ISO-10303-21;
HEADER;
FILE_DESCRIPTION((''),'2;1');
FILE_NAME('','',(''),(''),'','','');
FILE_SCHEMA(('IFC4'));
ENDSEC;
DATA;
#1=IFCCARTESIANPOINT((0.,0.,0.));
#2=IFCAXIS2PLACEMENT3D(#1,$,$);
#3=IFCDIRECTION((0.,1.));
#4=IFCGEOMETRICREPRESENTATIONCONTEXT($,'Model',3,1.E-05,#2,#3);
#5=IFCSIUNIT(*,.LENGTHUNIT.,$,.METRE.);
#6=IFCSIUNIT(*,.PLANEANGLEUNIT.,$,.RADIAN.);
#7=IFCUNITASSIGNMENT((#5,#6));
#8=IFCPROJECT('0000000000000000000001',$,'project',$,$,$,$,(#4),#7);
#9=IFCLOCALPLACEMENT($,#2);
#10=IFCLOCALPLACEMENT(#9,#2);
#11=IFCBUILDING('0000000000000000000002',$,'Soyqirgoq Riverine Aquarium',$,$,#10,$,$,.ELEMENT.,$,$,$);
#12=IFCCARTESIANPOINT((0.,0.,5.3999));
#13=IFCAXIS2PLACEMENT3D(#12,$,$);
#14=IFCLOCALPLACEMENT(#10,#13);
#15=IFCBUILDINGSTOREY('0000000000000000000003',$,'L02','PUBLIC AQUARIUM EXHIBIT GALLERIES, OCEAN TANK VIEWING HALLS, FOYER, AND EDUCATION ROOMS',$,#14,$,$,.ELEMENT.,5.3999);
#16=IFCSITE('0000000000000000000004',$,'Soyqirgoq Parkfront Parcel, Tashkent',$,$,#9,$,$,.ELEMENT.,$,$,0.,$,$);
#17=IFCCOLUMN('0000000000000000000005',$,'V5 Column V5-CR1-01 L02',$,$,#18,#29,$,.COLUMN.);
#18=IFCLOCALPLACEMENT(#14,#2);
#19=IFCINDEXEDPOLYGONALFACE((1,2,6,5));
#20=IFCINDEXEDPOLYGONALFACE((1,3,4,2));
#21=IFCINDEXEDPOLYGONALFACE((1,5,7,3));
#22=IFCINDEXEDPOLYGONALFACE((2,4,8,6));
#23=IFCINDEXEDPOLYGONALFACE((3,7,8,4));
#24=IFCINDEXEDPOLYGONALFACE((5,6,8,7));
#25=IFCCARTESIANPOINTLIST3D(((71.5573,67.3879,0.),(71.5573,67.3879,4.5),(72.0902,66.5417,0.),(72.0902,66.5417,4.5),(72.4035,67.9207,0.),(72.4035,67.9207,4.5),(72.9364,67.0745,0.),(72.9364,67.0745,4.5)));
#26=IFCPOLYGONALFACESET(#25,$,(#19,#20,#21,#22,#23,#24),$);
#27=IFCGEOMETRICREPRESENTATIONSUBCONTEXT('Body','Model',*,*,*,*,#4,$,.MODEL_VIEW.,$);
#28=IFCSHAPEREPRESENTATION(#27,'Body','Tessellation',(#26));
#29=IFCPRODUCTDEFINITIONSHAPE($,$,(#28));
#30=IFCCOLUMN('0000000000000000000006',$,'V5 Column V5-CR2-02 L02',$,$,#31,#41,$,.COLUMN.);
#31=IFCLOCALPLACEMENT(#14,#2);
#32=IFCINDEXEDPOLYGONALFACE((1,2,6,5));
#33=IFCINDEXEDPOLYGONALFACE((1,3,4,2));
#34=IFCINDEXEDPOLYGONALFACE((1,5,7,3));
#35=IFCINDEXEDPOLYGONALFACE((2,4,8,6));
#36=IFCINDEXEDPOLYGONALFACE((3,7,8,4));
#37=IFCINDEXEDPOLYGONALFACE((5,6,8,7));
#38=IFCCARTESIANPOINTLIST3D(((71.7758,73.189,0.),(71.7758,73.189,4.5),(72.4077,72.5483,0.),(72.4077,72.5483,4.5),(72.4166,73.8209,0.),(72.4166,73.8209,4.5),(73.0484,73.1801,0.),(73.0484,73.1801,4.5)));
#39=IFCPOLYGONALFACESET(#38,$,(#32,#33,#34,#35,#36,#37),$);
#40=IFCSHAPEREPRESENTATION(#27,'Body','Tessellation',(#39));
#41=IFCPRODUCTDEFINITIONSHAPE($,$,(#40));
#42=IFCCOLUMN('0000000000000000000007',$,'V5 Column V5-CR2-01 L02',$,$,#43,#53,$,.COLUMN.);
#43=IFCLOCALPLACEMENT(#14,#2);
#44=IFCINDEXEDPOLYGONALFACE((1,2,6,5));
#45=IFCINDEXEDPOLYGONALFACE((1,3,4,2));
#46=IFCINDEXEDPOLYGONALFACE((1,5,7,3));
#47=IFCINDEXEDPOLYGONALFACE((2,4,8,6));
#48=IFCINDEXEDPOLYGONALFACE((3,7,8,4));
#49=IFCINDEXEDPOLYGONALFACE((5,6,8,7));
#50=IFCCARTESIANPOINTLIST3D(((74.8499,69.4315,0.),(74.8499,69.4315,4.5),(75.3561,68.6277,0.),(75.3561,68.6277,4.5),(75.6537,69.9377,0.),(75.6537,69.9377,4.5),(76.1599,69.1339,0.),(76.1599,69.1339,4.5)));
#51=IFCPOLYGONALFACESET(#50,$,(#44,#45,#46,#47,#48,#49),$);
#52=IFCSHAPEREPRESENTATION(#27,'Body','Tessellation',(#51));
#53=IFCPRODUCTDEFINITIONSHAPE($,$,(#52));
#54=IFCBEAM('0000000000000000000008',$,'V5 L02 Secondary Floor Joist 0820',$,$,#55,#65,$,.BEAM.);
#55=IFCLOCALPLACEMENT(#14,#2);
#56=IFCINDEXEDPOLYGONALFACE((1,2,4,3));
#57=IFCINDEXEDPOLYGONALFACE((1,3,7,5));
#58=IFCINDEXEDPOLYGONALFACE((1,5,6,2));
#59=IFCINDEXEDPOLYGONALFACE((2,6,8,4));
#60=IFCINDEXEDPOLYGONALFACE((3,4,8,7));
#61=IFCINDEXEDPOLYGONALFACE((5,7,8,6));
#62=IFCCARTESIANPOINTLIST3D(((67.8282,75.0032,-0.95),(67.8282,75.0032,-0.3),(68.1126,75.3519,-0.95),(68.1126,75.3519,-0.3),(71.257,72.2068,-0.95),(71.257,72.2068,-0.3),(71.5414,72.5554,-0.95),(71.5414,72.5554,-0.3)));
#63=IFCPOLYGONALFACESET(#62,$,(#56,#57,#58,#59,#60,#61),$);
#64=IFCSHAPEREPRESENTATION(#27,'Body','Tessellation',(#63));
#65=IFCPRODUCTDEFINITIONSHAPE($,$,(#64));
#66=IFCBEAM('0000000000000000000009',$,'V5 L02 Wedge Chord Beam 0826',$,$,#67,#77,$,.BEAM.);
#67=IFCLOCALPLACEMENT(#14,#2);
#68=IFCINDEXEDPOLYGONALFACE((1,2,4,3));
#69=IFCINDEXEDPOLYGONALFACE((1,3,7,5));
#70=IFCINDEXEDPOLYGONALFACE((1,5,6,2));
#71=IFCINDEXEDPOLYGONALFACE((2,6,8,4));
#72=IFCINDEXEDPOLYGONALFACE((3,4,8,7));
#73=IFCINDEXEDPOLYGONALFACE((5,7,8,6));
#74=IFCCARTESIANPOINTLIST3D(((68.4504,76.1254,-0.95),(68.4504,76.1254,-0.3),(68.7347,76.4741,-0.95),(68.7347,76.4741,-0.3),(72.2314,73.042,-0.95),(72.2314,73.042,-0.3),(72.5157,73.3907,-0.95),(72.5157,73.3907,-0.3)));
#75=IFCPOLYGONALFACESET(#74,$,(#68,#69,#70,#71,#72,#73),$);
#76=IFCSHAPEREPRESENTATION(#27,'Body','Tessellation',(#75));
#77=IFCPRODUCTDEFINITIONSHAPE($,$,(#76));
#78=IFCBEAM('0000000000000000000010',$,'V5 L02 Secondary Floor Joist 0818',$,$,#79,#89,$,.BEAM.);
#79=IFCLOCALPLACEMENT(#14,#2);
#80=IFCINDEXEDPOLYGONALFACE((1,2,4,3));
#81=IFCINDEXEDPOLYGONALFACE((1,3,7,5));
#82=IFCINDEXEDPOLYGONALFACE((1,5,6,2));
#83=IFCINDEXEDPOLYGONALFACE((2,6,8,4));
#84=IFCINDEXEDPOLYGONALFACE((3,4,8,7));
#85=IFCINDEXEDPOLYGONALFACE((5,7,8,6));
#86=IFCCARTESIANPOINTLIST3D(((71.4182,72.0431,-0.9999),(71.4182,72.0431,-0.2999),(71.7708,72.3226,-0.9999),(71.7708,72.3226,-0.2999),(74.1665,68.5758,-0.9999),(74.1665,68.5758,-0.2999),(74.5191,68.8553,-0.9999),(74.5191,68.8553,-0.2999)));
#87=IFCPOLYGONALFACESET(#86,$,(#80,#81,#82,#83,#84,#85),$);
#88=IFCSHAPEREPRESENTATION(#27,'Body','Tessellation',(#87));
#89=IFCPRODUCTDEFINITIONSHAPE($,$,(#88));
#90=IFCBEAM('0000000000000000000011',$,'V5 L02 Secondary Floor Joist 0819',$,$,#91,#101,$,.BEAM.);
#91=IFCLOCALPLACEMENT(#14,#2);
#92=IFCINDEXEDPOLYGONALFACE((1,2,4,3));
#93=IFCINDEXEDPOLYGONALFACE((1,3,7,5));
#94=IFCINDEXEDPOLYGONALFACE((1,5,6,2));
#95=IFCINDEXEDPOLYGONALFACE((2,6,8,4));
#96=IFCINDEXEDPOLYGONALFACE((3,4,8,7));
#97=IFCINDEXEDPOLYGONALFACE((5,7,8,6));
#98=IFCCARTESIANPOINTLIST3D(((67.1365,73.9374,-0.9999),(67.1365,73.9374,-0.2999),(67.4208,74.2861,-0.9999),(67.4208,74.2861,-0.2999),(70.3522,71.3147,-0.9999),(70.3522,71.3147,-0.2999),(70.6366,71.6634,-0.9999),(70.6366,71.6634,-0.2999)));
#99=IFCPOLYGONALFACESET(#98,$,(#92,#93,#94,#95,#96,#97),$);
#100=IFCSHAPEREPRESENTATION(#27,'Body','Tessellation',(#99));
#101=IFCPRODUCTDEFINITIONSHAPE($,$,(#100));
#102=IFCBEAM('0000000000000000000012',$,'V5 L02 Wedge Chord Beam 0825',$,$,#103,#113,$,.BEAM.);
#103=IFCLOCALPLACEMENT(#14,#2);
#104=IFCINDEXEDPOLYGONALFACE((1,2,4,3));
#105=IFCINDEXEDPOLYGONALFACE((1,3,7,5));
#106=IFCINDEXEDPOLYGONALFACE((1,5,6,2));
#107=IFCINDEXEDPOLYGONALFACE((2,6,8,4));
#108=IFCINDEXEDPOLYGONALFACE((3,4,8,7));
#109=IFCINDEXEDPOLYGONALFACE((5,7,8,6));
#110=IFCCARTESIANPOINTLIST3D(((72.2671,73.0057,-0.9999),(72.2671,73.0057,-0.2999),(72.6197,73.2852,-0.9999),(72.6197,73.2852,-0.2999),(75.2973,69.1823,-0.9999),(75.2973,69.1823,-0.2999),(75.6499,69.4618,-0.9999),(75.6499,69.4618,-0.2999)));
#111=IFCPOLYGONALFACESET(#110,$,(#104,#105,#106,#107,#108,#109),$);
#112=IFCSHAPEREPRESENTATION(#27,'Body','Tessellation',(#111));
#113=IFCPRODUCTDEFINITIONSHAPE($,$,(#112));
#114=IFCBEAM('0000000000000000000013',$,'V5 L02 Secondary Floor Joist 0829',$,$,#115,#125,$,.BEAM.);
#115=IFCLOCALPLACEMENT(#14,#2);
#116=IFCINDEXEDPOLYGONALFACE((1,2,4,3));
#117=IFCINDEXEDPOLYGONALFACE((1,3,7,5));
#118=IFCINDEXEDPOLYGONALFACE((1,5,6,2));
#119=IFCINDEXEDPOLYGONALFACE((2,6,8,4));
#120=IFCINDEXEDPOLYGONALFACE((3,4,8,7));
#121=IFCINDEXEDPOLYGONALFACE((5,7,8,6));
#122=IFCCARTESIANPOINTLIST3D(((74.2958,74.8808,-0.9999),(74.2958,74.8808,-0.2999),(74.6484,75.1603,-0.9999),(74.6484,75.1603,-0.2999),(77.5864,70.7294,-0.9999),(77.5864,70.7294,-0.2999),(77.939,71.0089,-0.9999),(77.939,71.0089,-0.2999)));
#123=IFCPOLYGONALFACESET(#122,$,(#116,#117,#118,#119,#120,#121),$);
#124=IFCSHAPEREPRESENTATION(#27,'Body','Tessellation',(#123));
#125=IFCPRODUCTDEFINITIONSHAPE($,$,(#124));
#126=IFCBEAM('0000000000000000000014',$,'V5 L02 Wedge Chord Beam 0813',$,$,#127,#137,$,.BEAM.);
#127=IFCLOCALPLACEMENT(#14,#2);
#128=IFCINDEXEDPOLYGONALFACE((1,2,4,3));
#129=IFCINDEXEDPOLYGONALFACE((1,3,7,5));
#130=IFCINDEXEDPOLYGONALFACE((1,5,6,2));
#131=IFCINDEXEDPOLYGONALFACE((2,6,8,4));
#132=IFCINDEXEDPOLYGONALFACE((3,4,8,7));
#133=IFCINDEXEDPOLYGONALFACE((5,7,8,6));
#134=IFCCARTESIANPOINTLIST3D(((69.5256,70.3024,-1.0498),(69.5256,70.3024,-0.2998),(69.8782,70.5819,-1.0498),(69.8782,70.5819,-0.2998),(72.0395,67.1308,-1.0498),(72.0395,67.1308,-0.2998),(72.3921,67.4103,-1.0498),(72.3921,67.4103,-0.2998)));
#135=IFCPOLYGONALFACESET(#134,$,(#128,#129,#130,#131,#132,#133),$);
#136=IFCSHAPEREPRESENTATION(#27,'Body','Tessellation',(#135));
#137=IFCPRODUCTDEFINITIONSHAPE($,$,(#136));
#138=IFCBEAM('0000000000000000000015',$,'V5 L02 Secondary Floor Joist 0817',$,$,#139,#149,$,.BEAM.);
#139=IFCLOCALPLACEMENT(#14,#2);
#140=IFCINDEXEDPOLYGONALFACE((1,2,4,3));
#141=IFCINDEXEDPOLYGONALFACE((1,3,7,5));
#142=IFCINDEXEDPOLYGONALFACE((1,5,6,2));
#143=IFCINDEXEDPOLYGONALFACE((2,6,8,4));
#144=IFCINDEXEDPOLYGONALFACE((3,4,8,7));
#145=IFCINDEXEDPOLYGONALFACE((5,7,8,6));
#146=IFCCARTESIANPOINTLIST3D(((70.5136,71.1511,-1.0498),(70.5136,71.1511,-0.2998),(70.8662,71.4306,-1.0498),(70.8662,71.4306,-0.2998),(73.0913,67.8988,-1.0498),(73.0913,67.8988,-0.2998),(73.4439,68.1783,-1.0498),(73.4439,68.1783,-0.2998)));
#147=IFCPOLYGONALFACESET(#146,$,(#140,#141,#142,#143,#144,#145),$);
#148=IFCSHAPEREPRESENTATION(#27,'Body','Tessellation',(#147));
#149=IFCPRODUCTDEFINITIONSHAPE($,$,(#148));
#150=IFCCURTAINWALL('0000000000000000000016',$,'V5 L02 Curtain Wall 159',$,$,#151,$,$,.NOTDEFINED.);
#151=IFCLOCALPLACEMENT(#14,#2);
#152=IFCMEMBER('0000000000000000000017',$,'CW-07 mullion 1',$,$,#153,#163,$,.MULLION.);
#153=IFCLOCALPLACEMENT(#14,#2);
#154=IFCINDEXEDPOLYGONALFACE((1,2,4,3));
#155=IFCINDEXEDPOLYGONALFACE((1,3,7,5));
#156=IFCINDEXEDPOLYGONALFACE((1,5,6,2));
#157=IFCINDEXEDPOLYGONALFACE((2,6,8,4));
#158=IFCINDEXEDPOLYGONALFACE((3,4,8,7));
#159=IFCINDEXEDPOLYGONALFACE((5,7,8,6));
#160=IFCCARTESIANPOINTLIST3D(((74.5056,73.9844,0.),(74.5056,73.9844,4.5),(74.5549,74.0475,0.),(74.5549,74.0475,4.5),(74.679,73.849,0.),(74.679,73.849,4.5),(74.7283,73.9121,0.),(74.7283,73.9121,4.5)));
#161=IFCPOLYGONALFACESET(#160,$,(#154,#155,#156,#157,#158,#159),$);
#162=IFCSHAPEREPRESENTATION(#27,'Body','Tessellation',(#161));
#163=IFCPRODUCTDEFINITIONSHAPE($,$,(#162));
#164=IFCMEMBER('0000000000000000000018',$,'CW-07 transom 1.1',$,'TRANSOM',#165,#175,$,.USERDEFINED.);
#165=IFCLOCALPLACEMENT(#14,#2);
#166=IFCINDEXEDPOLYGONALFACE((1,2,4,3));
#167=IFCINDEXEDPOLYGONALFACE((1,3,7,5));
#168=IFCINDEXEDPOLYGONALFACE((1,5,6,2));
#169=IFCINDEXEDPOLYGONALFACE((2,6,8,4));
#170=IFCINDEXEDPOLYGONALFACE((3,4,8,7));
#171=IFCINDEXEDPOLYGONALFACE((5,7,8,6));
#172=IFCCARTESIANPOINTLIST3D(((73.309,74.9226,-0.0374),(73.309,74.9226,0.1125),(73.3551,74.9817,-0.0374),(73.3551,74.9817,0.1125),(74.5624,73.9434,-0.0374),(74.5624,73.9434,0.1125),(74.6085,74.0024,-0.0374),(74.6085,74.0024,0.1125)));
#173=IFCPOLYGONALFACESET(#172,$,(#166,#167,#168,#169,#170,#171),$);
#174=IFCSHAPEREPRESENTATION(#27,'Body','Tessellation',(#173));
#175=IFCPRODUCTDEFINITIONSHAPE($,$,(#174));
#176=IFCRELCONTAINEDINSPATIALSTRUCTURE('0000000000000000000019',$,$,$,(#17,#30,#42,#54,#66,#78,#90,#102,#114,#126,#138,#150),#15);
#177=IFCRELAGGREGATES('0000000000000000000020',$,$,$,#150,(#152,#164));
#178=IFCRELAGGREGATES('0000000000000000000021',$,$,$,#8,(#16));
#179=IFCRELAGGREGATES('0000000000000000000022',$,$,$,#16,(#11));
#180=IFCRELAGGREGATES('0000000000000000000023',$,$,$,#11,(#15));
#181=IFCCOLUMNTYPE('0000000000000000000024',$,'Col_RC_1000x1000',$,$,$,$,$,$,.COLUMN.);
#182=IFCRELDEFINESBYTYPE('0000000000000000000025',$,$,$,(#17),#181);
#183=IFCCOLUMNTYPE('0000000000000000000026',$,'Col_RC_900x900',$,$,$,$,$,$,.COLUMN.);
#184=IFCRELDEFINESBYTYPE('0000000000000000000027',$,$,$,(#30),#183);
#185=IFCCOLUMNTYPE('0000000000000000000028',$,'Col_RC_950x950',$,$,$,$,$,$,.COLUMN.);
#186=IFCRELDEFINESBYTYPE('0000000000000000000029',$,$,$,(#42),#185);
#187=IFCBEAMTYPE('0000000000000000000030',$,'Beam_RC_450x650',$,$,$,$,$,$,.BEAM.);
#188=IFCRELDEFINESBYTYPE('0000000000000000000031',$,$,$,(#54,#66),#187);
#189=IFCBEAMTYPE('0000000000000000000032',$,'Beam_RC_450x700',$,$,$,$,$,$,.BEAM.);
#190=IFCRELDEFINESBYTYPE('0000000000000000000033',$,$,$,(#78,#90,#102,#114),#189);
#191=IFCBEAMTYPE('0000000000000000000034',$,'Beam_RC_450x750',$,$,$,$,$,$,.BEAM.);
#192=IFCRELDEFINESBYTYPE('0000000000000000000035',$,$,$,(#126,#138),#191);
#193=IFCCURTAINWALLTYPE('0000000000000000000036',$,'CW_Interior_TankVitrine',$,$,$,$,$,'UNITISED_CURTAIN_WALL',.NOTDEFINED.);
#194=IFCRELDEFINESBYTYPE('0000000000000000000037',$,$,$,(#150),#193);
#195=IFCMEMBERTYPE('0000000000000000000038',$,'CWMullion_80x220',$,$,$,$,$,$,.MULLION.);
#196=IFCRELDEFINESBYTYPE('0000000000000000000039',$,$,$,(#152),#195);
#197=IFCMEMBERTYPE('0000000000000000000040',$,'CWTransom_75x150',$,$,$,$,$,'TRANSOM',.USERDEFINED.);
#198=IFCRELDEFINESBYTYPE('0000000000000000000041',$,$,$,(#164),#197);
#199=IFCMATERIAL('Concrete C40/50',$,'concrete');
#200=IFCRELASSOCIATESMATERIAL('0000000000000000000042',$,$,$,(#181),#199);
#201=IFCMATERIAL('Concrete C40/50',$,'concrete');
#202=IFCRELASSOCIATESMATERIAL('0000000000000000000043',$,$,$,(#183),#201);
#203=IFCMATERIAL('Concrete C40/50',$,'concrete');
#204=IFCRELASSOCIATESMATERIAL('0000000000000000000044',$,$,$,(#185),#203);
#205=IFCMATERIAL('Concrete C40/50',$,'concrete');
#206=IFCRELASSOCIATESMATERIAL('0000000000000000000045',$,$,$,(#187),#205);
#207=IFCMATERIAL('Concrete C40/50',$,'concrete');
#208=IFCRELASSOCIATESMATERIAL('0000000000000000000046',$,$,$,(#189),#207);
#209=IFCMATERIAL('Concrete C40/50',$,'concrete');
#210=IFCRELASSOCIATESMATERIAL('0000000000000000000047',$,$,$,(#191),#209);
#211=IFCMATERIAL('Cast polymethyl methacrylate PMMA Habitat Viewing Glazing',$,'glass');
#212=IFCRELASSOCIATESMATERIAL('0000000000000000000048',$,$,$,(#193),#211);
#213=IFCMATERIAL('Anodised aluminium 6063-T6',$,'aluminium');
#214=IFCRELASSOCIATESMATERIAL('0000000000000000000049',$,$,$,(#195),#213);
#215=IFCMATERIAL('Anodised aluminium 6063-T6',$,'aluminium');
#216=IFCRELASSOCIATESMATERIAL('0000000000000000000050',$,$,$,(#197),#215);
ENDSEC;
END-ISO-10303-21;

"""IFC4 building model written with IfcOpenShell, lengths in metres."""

from ifc_helpers import new_model, si_unit, direction, frame, origin, origin_2d, place, context, subcontext, project, spatial, rectangle, extrude, material, material_profile, profile_set, type_object, element, aggregate, save


model = new_model("IFC4")

# Units and contexts
model_context = context("Model", 3, precision=1e-05, world=origin(), true_north=direction((0.0, 1.0)))
body_context = subcontext(model_context, "Body", "Model", "MODEL_VIEW")
ifc_project = project(units=[si_unit("LENGTHUNIT", "METRE"), si_unit("PLANEANGLEUNIT", "RADIAN")], contexts=[model_context])

# Site, building, storey
site_placement = place(None, origin())
site = spatial("IfcSite", under=ifc_project, at=site_placement, Name="Soyqirgoq Parkfront Parcel, Tashkent", CompositionType="ELEMENT", RefElevation=0.0)
building_placement = place(site_placement, origin())
building = spatial("IfcBuilding", under=site, at=building_placement, Name="Soyqirgoq Riverine Aquarium", CompositionType="ELEMENT")
storey_placement = place(building_placement, frame((0.0, 0.0, 5.3999)))
storey = spatial("IfcBuildingStorey", under=building, at=storey_placement, Name="L02", Description="PUBLIC AQUARIUM EXHIBIT GALLERIES, OCEAN TANK VIEWING HALLS, FOYER, AND EDUCATION ROOMS", CompositionType="ELEMENT", Elevation=5.3999)

# Columns
ifc_material_1 = material(Name="Concrete C40/50", Category="concrete")
ifc_material_profile_1 = material_profile(ifc_material_1, rectangle(XDim=1.0, YDim=1.0, at=origin_2d()), Name="RC 1000x1000")
ifc_profile_set_1 = profile_set([ifc_material_profile_1], Name="Concrete C40/50")
column_type_1 = type_object("IfcColumnType", Name="Col_RC_1000x1000", PredefinedType="COLUMN", material=ifc_profile_set_1)
column_1_placement = place(storey_placement, frame((72.2468, 67.2312, 0.0), z_axis=(0.0, 0.0, 1.0), x_axis=(0.846193, 0.532876, 0.0)))
element("IfcColumn", 1, at=column_1_placement, inside=storey, type_object=column_type_1, Name="V5 Column V5-CR1-01 L02", PredefinedType="COLUMN", context=body_context, shape_type="SweptSolid", body=[
    extrude(rectangle(XDim=1.0, YDim=1.0, at=origin_2d()), origin(), (0.0, 0.0, 1.0), 4.5),
])
ifc_material_2 = material(Name="Concrete C40/50", Category="concrete")
ifc_material_profile_2 = material_profile(ifc_material_2, rectangle(XDim=0.8999, YDim=0.8999, at=origin_2d()), Name="RC 900x900")
ifc_profile_set_2 = profile_set([ifc_material_profile_2], Name="Concrete C40/50")
column_type_2 = type_object("IfcColumnType", Name="Col_RC_900x900", PredefinedType="COLUMN", material=ifc_profile_set_2)
column_2_placement = place(storey_placement, frame((72.4121, 73.1846, 0.0), z_axis=(0.0, 0.0, 1.0), x_axis=(0.712026, 0.702153, 0.0)))
element("IfcColumn", 2, at=column_2_placement, inside=storey, type_object=column_type_2, Name="V5 Column V5-CR2-02 L02", PredefinedType="COLUMN", context=body_context, shape_type="SweptSolid", body=[
    extrude(rectangle(XDim=0.8999, YDim=0.8999, at=origin_2d()), origin(), (0.0, 0.0, 1.0), 4.5),
])
ifc_material_3 = material(Name="Concrete C40/50", Category="concrete")
ifc_material_profile_3 = material_profile(ifc_material_3, rectangle(XDim=0.95, YDim=0.95, at=origin_2d()), Name="RC 950x950")
ifc_profile_set_3 = profile_set([ifc_material_profile_3], Name="Concrete C40/50")
column_type_3 = type_object("IfcColumnType", Name="Col_RC_950x950", PredefinedType="COLUMN", material=ifc_profile_set_3)
column_3_placement = place(storey_placement, frame((75.5049, 69.2827, 0.0), z_axis=(0.0, 0.0, 1.0), x_axis=(0.846193, 0.532876, 0.0)))
element("IfcColumn", 3, at=column_3_placement, inside=storey, type_object=column_type_3, Name="V5 Column V5-CR2-01 L02", PredefinedType="COLUMN", context=body_context, shape_type="SweptSolid", body=[
    extrude(rectangle(XDim=0.95, YDim=0.95, at=origin_2d()), origin(), (0.0, 0.0, 1.0), 4.5),
])

# Beams
ifc_material_4 = material(Name="Concrete C40/50", Category="concrete")
ifc_material_profile_4 = material_profile(ifc_material_4, rectangle(XDim=0.45, YDim=0.6499, at=origin_2d()), Name="RC 450x650")
ifc_profile_set_4 = profile_set([ifc_material_profile_4], Name="Concrete C40/50")
beam_type_1 = type_object("IfcBeamType", Name="Beam_RC_450x650", PredefinedType="BEAM", material=ifc_profile_set_4)
beam_1_placement = place(storey_placement, frame((71.3992, 72.3811, -0.625), z_axis=(-0.774945, 0.632029, 0.0), x_axis=(-0.632029, -0.774945, 0.0)))
element("IfcBeam", 4, at=beam_1_placement, inside=storey, type_object=beam_type_1, Name="V5 L02 Secondary Floor Joist 0820", PredefinedType="BEAM", context=body_context, shape_type="SweptSolid", body=[
    extrude(rectangle(XDim=0.45, YDim=0.6499, at=origin_2d()), origin(), (0.0, 0.0, 1.0), 4.4246),
])
beam_2_placement = place(storey_placement, frame((72.3735, 73.2163, -0.625), z_axis=(-0.774966, 0.632003, 0.0), x_axis=(-0.632003, -0.774966, 0.0)))
element("IfcBeam", 5, at=beam_2_placement, inside=storey, type_object=beam_type_1, Name="V5 L02 Wedge Chord Beam 0826", PredefinedType="BEAM", context=body_context, shape_type="SweptSolid", body=[
    extrude(rectangle(XDim=0.45, YDim=0.6499, at=origin_2d()), origin(), (0.0, 0.0, 1.0), 4.8789),
])
ifc_material_5 = material(Name="Concrete C40/50", Category="concrete")
ifc_material_profile_5 = material_profile(ifc_material_5, rectangle(XDim=0.45, YDim=0.7, at=origin_2d()), Name="RC 450x700")
ifc_profile_set_5 = profile_set([ifc_material_profile_5], Name="Concrete C40/50")
beam_type_2 = type_object("IfcBeamType", Name="Beam_RC_450x700", PredefinedType="BEAM", material=ifc_profile_set_5)
beam_3_placement = place(storey_placement, frame((74.3428, 68.7156, -0.6499), z_axis=(-0.621169, 0.783676, 0.0), x_axis=(-0.783676, -0.621169, 0.0)))
element("IfcBeam", 6, at=beam_3_placement, inside=storey, type_object=beam_type_2, Name="V5 L02 Secondary Floor Joist 0818", PredefinedType="BEAM", context=body_context, shape_type="SweptSolid", body=[
    extrude(rectangle(XDim=0.45, YDim=0.7, at=origin_2d()), origin(), (0.0, 0.0, 1.0), 4.4243),
])
beam_4_placement = place(storey_placement, frame((70.4944, 71.489, -0.6499), z_axis=(-0.774939, 0.632036, 0.0), x_axis=(-0.632036, -0.774939, 0.0)))
element("IfcBeam", 7, at=beam_4_placement, inside=storey, type_object=beam_type_2, Name="V5 L02 Secondary Floor Joist 0819", PredefinedType="BEAM", context=body_context, shape_type="SweptSolid", body=[
    extrude(rectangle(XDim=0.45, YDim=0.7, at=origin_2d()), origin(), (0.0, 0.0, 1.0), 4.1497),
])
beam_5_placement = place(storey_placement, frame((75.4736, 69.322, -0.6499), z_axis=(-0.621125, 0.783712, 0.0), x_axis=(-0.783712, -0.621125, 0.0)))
element("IfcBeam", 8, at=beam_5_placement, inside=storey, type_object=beam_type_2, Name="V5 L02 Wedge Chord Beam 0825", PredefinedType="BEAM", context=body_context, shape_type="SweptSolid", body=[
    extrude(rectangle(XDim=0.45, YDim=0.7, at=origin_2d()), origin(), (0.0, 0.0, 1.0), 4.8787),
])
beam_6_placement = place(storey_placement, frame((77.7627, 70.8691, -0.6499), z_axis=(-0.62117, 0.783676, 0.0), x_axis=(-0.783676, -0.62117, 0.0)))
element("IfcBeam", 9, at=beam_6_placement, inside=storey, type_object=beam_type_2, Name="V5 L02 Secondary Floor Joist 0829", PredefinedType="BEAM", context=body_context, shape_type="SweptSolid", body=[
    extrude(rectangle(XDim=0.45, YDim=0.7, at=origin_2d()), origin(), (0.0, 0.0, 1.0), 5.2974),
])
ifc_material_6 = material(Name="Concrete C40/50", Category="concrete")
ifc_material_profile_6 = material_profile(ifc_material_6, rectangle(XDim=0.45, YDim=0.75, at=origin_2d()), Name="RC 450x750")
ifc_profile_set_6 = profile_set([ifc_material_profile_6], Name="Concrete C40/50")
beam_type_3 = type_object("IfcBeamType", Name="Beam_RC_450x750", PredefinedType="BEAM", material=ifc_profile_set_6)
beam_7_placement = place(storey_placement, frame((72.2158, 67.2705, -0.6748), z_axis=(-0.621165, 0.78368, 0.0), x_axis=(-0.78368, -0.621165, 0.0)))
element("IfcBeam", 10, at=beam_7_placement, inside=storey, type_object=beam_type_3, Name="V5 L02 Wedge Chord Beam 0813", PredefinedType="BEAM", context=body_context, shape_type="SweptSolid", body=[
    extrude(rectangle(XDim=0.45, YDim=0.75, at=origin_2d()), origin(), (0.0, 0.0, 1.0), 4.0471),
])
beam_8_placement = place(storey_placement, frame((73.2676, 68.0386, -0.6748), z_axis=(-0.621144, 0.783696, 0.0), x_axis=(-0.783696, -0.621144, 0.0)))
element("IfcBeam", 11, at=beam_8_placement, inside=storey, type_object=beam_type_3, Name="V5 L02 Secondary Floor Joist 0817", PredefinedType="BEAM", context=body_context, shape_type="SweptSolid", body=[
    extrude(rectangle(XDim=0.45, YDim=0.75, at=origin_2d()), origin(), (0.0, 0.0, 1.0), 4.1499),
])

# Curtain wall, members
ifc_material_7 = material(Name="Cast polymethyl methacrylate PMMA Habitat Viewing Glazing", Category="glass")
curtain_wall_type = type_object("IfcCurtainWallType", Name="CW_Interior_TankVitrine", ElementType="UNITISED_CURTAIN_WALL", PredefinedType="NOTDEFINED", material=ifc_material_7)
curtain_wall_placement = place(storey_placement, origin())
curtain_wall = element("IfcCurtainWall", 12, at=curtain_wall_placement, inside=storey, type_object=curtain_wall_type, Name="V5 L02 Curtain Wall 159", PredefinedType="NOTDEFINED")
ifc_material_8 = material(Name="Anodised aluminium 6063-T6", Category="aluminium")
ifc_material_profile_7 = material_profile(ifc_material_8, rectangle(XDim=0.0801, YDim=0.22, at=origin_2d()), Name="ALU-M 80x220")
ifc_profile_set_7 = profile_set([ifc_material_profile_7], Name="Anodised aluminium 6063-T6")
member_type_1 = type_object("IfcMemberType", Name="CWMullion_80x220", PredefinedType="MULLION", material=ifc_profile_set_7)
member_1_placement = place(storey_placement, frame((74.6169, 73.9482, 0.0), z_axis=(0.0, 0.0, 1.0), x_axis=(-0.615661, -0.788011, 0.0)))
member_1 = element("IfcMember", 13, at=member_1_placement, type_object=member_type_1, Name="CW-07 mullion 1", PredefinedType="MULLION", context=body_context, shape_type="SweptSolid", body=[
    extrude(rectangle(XDim=0.0801, YDim=0.22, at=origin_2d()), origin(), (0.0, 0.0, 1.0), 4.5),
])
ifc_material_9 = material(Name="Anodised aluminium 6063-T6", Category="aluminium")
ifc_material_profile_8 = material_profile(ifc_material_9, rectangle(XDim=0.075, YDim=0.1499, at=origin_2d()), Name="ALU-T 75x150")
ifc_profile_set_8 = profile_set([ifc_material_profile_8], Name="Anodised aluminium 6063-T6")
member_type_2 = type_object("IfcMemberType", Name="CWTransom_75x150", ElementType="TRANSOM", PredefinedType="USERDEFINED", material=ifc_profile_set_8)
member_2_placement = place(storey_placement, frame((74.5854, 73.9729, 0.0376), z_axis=(-0.78802, 0.61565, 0.0), x_axis=(-0.61565, -0.78802, 0.0)))
member_2 = element("IfcMember", 14, at=member_2_placement, type_object=member_type_2, Name="CW-07 transom 1.1", ObjectType="TRANSOM", PredefinedType="USERDEFINED", context=body_context, shape_type="SweptSolid", body=[
    extrude(rectangle(XDim=0.075, YDim=0.1499, at=origin_2d()), origin(), (0.0, 0.0, 1.0), 1.5906),
])

aggregate(curtain_wall, [member_1, member_2])

save(model, "model.ifc")
